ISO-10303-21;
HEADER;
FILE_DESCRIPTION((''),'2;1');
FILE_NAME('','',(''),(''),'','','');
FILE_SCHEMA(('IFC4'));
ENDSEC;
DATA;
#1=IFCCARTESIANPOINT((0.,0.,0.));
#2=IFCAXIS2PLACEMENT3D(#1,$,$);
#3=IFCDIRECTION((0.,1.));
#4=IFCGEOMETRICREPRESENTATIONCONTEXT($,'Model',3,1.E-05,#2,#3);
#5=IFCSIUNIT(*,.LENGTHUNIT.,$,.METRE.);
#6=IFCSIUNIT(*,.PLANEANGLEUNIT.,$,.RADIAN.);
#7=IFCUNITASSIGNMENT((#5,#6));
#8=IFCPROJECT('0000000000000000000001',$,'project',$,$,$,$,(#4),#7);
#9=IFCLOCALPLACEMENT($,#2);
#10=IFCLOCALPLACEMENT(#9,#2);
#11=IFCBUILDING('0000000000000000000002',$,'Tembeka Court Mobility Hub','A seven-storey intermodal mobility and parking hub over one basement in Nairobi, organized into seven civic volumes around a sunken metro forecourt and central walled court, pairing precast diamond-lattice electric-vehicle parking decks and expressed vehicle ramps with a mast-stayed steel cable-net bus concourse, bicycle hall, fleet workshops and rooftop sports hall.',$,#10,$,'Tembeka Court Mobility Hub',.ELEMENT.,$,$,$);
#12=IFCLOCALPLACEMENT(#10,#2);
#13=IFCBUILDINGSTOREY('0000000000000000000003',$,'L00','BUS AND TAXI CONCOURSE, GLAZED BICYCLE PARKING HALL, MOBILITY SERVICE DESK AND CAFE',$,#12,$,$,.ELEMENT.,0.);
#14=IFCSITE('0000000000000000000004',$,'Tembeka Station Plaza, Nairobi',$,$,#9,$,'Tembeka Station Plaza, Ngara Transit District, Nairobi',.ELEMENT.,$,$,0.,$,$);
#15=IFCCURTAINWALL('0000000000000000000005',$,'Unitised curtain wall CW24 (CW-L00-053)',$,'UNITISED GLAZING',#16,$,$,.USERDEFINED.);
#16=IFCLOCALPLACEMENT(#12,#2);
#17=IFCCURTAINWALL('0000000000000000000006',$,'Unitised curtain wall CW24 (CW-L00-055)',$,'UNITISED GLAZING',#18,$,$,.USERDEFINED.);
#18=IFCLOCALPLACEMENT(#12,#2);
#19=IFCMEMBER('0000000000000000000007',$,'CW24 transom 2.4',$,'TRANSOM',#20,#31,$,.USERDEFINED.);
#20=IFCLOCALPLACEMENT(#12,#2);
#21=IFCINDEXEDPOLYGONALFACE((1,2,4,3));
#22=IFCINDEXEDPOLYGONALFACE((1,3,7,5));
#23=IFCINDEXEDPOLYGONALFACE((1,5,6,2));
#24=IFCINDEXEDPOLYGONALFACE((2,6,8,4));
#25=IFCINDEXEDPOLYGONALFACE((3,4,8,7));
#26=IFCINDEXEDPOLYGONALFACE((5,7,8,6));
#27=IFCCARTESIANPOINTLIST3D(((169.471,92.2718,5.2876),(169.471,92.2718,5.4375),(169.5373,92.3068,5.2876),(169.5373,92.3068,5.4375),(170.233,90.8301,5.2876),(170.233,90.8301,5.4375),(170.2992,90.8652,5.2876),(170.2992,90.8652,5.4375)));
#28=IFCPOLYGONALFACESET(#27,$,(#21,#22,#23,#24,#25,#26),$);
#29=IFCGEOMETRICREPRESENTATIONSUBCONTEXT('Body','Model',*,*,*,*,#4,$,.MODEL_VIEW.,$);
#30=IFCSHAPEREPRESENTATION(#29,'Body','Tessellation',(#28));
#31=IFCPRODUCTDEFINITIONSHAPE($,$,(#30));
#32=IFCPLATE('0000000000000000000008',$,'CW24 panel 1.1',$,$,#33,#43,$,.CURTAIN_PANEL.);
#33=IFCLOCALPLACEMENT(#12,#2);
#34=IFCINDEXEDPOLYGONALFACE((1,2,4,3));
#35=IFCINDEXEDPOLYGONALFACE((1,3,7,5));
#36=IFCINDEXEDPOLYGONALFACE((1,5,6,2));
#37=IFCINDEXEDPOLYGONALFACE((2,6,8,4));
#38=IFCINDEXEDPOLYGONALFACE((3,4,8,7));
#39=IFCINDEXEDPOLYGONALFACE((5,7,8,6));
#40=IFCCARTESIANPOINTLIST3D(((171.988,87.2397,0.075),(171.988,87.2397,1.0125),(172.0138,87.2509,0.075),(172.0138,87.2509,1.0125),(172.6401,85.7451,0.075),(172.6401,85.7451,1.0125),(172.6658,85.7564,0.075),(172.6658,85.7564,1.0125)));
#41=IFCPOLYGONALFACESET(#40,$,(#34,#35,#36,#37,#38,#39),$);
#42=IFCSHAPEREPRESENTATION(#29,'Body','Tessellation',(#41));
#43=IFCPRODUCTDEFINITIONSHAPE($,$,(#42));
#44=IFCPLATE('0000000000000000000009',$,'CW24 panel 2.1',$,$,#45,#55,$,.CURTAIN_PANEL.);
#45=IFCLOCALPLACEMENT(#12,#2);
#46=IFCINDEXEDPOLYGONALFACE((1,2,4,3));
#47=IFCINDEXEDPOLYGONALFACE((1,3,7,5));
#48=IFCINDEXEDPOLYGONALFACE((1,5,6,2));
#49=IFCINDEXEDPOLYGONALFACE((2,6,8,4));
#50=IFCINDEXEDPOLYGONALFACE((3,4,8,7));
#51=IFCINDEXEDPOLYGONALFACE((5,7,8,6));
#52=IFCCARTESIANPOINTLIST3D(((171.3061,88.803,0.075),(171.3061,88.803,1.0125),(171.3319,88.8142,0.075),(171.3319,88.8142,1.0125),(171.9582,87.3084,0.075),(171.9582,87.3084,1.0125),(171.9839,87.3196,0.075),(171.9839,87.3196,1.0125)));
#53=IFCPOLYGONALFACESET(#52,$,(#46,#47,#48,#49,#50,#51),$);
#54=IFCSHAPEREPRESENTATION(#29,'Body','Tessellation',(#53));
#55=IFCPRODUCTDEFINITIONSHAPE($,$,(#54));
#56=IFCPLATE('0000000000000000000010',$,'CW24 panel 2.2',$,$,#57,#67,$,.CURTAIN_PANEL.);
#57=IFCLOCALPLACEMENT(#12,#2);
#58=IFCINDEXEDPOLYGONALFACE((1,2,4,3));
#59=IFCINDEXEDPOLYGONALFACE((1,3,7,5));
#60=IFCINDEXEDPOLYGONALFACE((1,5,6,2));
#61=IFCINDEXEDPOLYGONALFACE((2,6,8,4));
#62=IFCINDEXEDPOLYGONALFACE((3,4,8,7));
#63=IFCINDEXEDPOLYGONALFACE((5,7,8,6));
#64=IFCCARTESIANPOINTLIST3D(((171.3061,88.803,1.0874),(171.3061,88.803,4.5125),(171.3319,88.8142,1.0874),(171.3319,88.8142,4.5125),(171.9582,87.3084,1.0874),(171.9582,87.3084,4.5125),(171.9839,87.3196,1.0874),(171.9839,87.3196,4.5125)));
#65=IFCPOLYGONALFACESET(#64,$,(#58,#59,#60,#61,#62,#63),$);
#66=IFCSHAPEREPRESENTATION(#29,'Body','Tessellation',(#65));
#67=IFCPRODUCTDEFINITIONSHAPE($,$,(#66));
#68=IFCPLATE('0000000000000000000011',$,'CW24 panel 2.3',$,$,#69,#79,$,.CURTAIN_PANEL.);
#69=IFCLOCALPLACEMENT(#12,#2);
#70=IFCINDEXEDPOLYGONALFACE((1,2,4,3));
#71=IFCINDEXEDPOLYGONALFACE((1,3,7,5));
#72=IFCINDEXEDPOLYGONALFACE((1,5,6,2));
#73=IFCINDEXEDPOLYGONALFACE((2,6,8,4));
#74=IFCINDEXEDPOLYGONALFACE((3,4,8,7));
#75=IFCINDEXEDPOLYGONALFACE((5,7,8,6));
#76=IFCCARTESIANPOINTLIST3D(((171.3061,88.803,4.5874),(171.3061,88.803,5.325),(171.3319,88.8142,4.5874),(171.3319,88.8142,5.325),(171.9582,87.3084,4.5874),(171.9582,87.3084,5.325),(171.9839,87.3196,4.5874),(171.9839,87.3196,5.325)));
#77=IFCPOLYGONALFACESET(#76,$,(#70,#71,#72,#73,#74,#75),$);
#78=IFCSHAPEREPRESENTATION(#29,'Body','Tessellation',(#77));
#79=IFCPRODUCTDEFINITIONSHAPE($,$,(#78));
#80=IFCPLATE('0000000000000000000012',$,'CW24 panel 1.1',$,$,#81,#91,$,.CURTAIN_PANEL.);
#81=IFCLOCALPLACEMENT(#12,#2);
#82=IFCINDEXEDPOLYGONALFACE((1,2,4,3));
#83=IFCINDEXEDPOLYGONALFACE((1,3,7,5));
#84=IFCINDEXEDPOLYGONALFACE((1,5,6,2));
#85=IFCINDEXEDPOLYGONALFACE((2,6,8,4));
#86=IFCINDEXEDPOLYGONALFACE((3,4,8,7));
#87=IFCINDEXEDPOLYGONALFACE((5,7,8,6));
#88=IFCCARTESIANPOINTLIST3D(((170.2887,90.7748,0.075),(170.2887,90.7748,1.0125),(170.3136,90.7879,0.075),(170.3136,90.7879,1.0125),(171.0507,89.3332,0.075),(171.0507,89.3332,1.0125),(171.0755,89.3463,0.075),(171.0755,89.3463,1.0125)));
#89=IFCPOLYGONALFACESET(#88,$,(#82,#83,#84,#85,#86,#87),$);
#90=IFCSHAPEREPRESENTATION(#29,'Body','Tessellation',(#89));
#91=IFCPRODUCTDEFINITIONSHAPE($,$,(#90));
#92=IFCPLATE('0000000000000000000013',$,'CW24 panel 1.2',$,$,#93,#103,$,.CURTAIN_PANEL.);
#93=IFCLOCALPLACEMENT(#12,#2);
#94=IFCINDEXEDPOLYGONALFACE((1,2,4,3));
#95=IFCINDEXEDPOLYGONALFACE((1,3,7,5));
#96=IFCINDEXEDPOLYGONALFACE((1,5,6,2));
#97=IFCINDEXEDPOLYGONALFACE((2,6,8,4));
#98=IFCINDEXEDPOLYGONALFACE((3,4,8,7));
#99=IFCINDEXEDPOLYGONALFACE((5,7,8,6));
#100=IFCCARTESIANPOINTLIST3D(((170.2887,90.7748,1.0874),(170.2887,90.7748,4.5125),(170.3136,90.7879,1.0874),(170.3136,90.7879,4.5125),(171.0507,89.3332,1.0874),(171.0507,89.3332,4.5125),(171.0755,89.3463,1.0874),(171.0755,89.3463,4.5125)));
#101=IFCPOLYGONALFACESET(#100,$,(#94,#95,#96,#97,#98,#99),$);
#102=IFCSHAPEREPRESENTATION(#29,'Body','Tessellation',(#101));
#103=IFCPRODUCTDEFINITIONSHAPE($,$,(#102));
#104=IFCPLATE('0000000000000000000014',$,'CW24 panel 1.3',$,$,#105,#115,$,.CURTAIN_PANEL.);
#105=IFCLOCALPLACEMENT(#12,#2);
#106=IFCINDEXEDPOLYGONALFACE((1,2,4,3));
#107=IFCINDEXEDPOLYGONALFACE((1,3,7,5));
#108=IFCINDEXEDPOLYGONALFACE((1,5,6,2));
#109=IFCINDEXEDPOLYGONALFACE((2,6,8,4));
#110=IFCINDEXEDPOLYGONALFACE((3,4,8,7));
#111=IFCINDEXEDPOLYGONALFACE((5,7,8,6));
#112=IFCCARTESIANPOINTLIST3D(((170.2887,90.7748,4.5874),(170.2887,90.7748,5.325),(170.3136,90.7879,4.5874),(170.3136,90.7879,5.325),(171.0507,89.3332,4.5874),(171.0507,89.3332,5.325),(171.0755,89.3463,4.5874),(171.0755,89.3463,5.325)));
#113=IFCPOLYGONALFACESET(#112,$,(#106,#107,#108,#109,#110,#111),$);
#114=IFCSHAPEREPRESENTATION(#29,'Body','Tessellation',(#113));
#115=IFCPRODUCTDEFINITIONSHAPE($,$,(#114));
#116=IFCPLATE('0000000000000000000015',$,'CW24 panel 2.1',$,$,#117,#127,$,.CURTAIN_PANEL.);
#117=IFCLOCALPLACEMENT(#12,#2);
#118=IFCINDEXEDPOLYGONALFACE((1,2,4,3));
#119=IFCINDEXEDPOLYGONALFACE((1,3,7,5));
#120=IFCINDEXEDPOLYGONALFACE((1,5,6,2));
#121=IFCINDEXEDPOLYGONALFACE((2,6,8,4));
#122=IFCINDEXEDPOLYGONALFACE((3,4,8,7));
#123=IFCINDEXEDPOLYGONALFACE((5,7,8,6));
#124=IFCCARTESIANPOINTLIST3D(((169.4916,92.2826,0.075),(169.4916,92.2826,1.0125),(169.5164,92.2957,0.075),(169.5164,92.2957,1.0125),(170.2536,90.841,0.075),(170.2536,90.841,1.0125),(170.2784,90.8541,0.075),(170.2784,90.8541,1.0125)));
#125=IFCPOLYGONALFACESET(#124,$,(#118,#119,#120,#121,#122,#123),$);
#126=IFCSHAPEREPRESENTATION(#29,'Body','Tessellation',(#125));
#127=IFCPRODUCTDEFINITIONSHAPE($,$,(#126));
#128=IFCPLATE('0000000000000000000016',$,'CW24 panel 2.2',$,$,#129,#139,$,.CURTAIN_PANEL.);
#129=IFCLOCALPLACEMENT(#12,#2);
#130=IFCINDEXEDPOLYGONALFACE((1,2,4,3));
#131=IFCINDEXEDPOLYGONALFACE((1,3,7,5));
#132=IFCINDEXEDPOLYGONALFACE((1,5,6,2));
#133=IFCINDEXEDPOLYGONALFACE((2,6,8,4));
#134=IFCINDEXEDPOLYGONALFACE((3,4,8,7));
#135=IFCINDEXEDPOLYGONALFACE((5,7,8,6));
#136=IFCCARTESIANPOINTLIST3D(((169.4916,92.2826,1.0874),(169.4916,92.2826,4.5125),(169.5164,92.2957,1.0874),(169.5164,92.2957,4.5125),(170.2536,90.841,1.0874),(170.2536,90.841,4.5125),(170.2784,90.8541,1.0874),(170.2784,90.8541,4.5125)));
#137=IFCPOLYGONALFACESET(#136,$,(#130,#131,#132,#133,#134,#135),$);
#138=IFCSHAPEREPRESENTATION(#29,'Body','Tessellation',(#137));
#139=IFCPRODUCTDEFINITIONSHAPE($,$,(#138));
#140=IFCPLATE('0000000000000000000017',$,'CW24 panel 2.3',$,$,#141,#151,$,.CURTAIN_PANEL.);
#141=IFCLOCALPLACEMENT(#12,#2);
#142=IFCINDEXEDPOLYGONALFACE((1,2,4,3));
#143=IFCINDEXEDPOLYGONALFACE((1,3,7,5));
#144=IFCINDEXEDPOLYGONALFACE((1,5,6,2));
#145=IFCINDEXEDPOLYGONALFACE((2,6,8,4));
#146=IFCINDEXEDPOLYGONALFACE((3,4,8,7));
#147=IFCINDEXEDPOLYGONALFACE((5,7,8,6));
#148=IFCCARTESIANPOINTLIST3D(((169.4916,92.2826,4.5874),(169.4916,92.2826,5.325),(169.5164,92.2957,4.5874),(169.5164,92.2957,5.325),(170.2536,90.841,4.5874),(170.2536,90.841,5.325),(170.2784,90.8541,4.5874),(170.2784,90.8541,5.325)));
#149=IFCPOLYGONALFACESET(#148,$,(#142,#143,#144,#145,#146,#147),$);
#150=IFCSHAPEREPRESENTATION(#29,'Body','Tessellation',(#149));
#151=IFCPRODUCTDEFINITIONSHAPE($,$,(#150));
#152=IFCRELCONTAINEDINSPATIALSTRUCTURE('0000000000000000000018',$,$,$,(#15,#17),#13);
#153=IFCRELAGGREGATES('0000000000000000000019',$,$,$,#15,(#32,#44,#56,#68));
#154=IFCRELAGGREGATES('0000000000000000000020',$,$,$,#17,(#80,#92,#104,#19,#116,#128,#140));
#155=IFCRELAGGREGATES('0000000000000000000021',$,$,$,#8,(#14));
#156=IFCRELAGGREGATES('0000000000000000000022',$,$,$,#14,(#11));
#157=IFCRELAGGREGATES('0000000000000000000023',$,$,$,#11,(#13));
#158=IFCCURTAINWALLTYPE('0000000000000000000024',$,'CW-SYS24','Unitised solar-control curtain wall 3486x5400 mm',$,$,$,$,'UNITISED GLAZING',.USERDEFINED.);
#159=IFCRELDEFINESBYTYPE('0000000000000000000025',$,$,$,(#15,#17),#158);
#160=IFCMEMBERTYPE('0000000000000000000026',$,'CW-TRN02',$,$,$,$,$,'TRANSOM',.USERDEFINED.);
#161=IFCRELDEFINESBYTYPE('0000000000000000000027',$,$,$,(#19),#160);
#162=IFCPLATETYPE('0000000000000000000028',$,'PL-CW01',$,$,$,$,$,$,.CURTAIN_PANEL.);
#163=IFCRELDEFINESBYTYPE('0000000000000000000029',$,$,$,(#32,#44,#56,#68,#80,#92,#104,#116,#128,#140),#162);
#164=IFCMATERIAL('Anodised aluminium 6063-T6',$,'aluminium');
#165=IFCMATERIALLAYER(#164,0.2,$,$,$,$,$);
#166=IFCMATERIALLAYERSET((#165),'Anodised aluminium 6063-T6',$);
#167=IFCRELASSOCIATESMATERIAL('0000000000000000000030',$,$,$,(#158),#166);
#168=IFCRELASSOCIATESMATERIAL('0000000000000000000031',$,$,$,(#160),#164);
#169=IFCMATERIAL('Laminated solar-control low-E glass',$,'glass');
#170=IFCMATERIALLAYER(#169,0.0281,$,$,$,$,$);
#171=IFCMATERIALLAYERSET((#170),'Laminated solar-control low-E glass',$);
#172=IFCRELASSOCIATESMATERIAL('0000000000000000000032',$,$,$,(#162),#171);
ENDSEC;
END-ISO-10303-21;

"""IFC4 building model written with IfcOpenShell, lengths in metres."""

from ifc_helpers import new_model, si_unit, direction, frame, origin, origin_2d, place, context, subcontext, project, spatial, rectangle, extrude, material, layer, layer_set, material_profile, profile_set, type_object, element, aggregate, save


model = new_model("IFC4")

# Units and contexts
model_context = context("Model", 3, precision=1e-05, world=origin(), true_north=direction((0.0, 1.0)))
body_context = subcontext(model_context, "Body", "Model", "MODEL_VIEW")
ifc_project = project(units=[si_unit("LENGTHUNIT", "METRE"), si_unit("PLANEANGLEUNIT", "RADIAN")], contexts=[model_context])

# Site, building, storey
site_placement = place(None, origin())
site = spatial("IfcSite", under=ifc_project, at=site_placement, Name="Tembeka Station Plaza, Nairobi", LongName="Tembeka Station Plaza, Ngara Transit District, Nairobi", CompositionType="ELEMENT", RefElevation=0.0)
building_placement = place(site_placement, origin())
building = spatial("IfcBuilding", under=site, at=building_placement, Name="Tembeka Court Mobility Hub", Description="A seven-storey intermodal mobility and parking hub over one basement in Nairobi, organized into seven civic volumes around a sunken metro forecourt and central walled court, pairing precast diamond-lattice electric-vehicle parking decks and expressed vehicle ramps with a mast-stayed steel cable-net bus concourse, bicycle hall, fleet workshops and rooftop sports hall.", LongName="Tembeka Court Mobility Hub", CompositionType="ELEMENT")
storey_placement = place(building_placement, origin())
storey = spatial("IfcBuildingStorey", under=building, at=storey_placement, Name="L00", Description="BUS AND TAXI CONCOURSE, GLAZED BICYCLE PARKING HALL, MOBILITY SERVICE DESK AND CAFE", CompositionType="ELEMENT", Elevation=0.0)

# Curtain walls
ifc_material_1 = material(Name="Anodised aluminium 6063-T6", Category="aluminium")
ifc_layer_1 = layer(ifc_material_1, 0.2)
ifc_layer_set_1 = layer_set([ifc_layer_1], Name="Anodised aluminium 6063-T6")
curtain_wall_type = type_object("IfcCurtainWallType", Name="CW-SYS24", Description="Unitised solar-control curtain wall 3486x5400 mm", ElementType="UNITISED GLAZING", PredefinedType="USERDEFINED", material=ifc_layer_set_1)
curtain_wall_1_placement = place(storey_placement, origin())
curtain_wall_1 = element("IfcCurtainWall", 1, at=curtain_wall_1_placement, inside=storey, type_object=curtain_wall_type, Name="Unitised curtain wall CW24 (CW-L00-053)", ObjectType="UNITISED GLAZING", PredefinedType="USERDEFINED")
curtain_wall_2_placement = place(storey_placement, origin())
curtain_wall_2 = element("IfcCurtainWall", 2, at=curtain_wall_2_placement, inside=storey, type_object=curtain_wall_type, Name="Unitised curtain wall CW24 (CW-L00-055)", ObjectType="UNITISED GLAZING", PredefinedType="USERDEFINED")

# Member
ifc_material_profile_1 = material_profile(ifc_material_1, rectangle(XDim=0.075, YDim=0.1499, at=origin_2d()), Name="ALU-TRN 75x150")
ifc_profile_set_1 = profile_set([ifc_material_profile_1], Name="Anodised aluminium 6063-T6")
member_type_1 = type_object("IfcMemberType", Name="CW-TRN02", ElementType="TRANSOM", PredefinedType="USERDEFINED", material=ifc_profile_set_1)
member_1_placement = place(storey_placement, frame((170.2661, 90.8477, 5.3625), z_axis=(-0.467282, 0.884108, 0.0), x_axis=(-0.884108, -0.467282, 0.0)))
member_1 = element("IfcMember", 3, at=member_1_placement, type_object=member_type_1, Name="CW24 transom 2.4", ObjectType="TRANSOM", PredefinedType="USERDEFINED", context=body_context, shape_type="SweptSolid", body=[
    extrude(rectangle(XDim=0.075, YDim=0.1499, at=origin_2d()), origin(), (0.0, 0.0, 1.0), 1.6306),
])

# Plates
ifc_material_2 = material(Name="Laminated solar-control low-E glass", Category="glass")
ifc_layer_2 = layer(ifc_material_2, 0.0281)
ifc_layer_set_2 = layer_set([ifc_layer_2], Name="Laminated solar-control low-E glass")
plate_type = type_object("IfcPlateType", Name="PL-CW01", PredefinedType="CURTAIN_PANEL", material=ifc_layer_set_2)
plate_1_placement = place(storey_placement, frame((172.3269, 86.498, 0.075), z_axis=(0.0, 0.0, 1.0), x_axis=(-0.399869, 0.916572, 0.0)))
plate_1 = element("IfcPlate", 4, at=plate_1_placement, type_object=plate_type, Name="CW24 panel 1.1", PredefinedType="CURTAIN_PANEL", context=body_context, shape_type="SweptSolid", body=[
    extrude(rectangle(XDim=1.6306, YDim=0.0281, at=origin_2d()), origin(), (0.0, 0.0, 1.0), 0.9375),
])
plate_2_placement = place(storey_placement, frame((171.645, 88.0613, 0.075), z_axis=(0.0, 0.0, 1.0), x_axis=(-0.399869, 0.916572, 0.0)))
plate_2 = element("IfcPlate", 5, at=plate_2_placement, type_object=plate_type, Name="CW24 panel 2.1", PredefinedType="CURTAIN_PANEL", context=body_context, shape_type="SweptSolid", body=[
    extrude(rectangle(XDim=1.6306, YDim=0.0281, at=origin_2d()), origin(), (0.0, 0.0, 1.0), 0.9375),
])
plate_3_placement = place(storey_placement, frame((171.645, 88.0613, 1.0874), z_axis=(0.0, 0.0, 1.0), x_axis=(-0.399869, 0.916572, 0.0)))
plate_3 = element("IfcPlate", 6, at=plate_3_placement, type_object=plate_type, Name="CW24 panel 2.2", PredefinedType="CURTAIN_PANEL", context=body_context, shape_type="SweptSolid", body=[
    extrude(rectangle(XDim=1.6306, YDim=0.0281, at=origin_2d()), origin(), (0.0, 0.0, 1.0), 3.425),
])
plate_4_placement = place(storey_placement, frame((171.645, 88.0613, 4.5874), z_axis=(0.0, 0.0, 1.0), x_axis=(-0.399869, 0.916572, 0.0)))
plate_4 = element("IfcPlate", 7, at=plate_4_placement, type_object=plate_type, Name="CW24 panel 2.3", PredefinedType="CURTAIN_PANEL", context=body_context, shape_type="SweptSolid", body=[
    extrude(rectangle(XDim=1.6306, YDim=0.0281, at=origin_2d()), origin(), (0.0, 0.0, 1.0), 0.7375),
])
aggregate(curtain_wall_1, [plate_1, plate_2, plate_3, plate_4])
plate_5_placement = place(storey_placement, frame((170.6821, 90.0605, 0.075), z_axis=(0.0, 0.0, 1.0), x_axis=(-0.467283, 0.884108, 0.0)))
plate_5 = element("IfcPlate", 8, at=plate_5_placement, type_object=plate_type, Name="CW24 panel 1.1", PredefinedType="CURTAIN_PANEL", context=body_context, shape_type="SweptSolid", body=[
    extrude(rectangle(XDim=1.6306, YDim=0.0281, at=origin_2d()), origin(), (0.0, 0.0, 1.0), 0.9375),
])
plate_6_placement = place(storey_placement, frame((170.6821, 90.0605, 1.0874), z_axis=(0.0, 0.0, 1.0), x_axis=(-0.467283, 0.884108, 0.0)))
plate_6 = element("IfcPlate", 9, at=plate_6_placement, type_object=plate_type, Name="CW24 panel 1.2", PredefinedType="CURTAIN_PANEL", context=body_context, shape_type="SweptSolid", body=[
    extrude(rectangle(XDim=1.6306, YDim=0.0281, at=origin_2d()), origin(), (0.0, 0.0, 1.0), 3.425),
])
plate_7_placement = place(storey_placement, frame((170.6821, 90.0605, 4.5874), z_axis=(0.0, 0.0, 1.0), x_axis=(-0.467283, 0.884108, 0.0)))
plate_7 = element("IfcPlate", 10, at=plate_7_placement, type_object=plate_type, Name="CW24 panel 1.3", PredefinedType="CURTAIN_PANEL", context=body_context, shape_type="SweptSolid", body=[
    extrude(rectangle(XDim=1.6306, YDim=0.0281, at=origin_2d()), origin(), (0.0, 0.0, 1.0), 0.7375),
])
plate_8_placement = place(storey_placement, frame((169.885, 91.5684, 0.075), z_axis=(0.0, 0.0, 1.0), x_axis=(-0.467283, 0.884108, 0.0)))
plate_8 = element("IfcPlate", 11, at=plate_8_placement, type_object=plate_type, Name="CW24 panel 2.1", PredefinedType="CURTAIN_PANEL", context=body_context, shape_type="SweptSolid", body=[
    extrude(rectangle(XDim=1.6306, YDim=0.0281, at=origin_2d()), origin(), (0.0, 0.0, 1.0), 0.9375),
])
plate_9_placement = place(storey_placement, frame((169.885, 91.5684, 1.0874), z_axis=(0.0, 0.0, 1.0), x_axis=(-0.467283, 0.884108, 0.0)))
plate_9 = element("IfcPlate", 12, at=plate_9_placement, type_object=plate_type, Name="CW24 panel 2.2", PredefinedType="CURTAIN_PANEL", context=body_context, shape_type="SweptSolid", body=[
    extrude(rectangle(XDim=1.6306, YDim=0.0281, at=origin_2d()), origin(), (0.0, 0.0, 1.0), 3.425),
])
plate_10_placement = place(storey_placement, frame((169.885, 91.5684, 4.5874), z_axis=(0.0, 0.0, 1.0), x_axis=(-0.467283, 0.884108, 0.0)))
plate_10 = element("IfcPlate", 13, at=plate_10_placement, type_object=plate_type, Name="CW24 panel 2.3", PredefinedType="CURTAIN_PANEL", context=body_context, shape_type="SweptSolid", body=[
    extrude(rectangle(XDim=1.6306, YDim=0.0281, at=origin_2d()), origin(), (0.0, 0.0, 1.0), 0.7375),
])
aggregate(curtain_wall_2, [plate_5, plate_6, plate_7, member_1, plate_8, plate_9, plate_10])

save(model, "model.ifc")
